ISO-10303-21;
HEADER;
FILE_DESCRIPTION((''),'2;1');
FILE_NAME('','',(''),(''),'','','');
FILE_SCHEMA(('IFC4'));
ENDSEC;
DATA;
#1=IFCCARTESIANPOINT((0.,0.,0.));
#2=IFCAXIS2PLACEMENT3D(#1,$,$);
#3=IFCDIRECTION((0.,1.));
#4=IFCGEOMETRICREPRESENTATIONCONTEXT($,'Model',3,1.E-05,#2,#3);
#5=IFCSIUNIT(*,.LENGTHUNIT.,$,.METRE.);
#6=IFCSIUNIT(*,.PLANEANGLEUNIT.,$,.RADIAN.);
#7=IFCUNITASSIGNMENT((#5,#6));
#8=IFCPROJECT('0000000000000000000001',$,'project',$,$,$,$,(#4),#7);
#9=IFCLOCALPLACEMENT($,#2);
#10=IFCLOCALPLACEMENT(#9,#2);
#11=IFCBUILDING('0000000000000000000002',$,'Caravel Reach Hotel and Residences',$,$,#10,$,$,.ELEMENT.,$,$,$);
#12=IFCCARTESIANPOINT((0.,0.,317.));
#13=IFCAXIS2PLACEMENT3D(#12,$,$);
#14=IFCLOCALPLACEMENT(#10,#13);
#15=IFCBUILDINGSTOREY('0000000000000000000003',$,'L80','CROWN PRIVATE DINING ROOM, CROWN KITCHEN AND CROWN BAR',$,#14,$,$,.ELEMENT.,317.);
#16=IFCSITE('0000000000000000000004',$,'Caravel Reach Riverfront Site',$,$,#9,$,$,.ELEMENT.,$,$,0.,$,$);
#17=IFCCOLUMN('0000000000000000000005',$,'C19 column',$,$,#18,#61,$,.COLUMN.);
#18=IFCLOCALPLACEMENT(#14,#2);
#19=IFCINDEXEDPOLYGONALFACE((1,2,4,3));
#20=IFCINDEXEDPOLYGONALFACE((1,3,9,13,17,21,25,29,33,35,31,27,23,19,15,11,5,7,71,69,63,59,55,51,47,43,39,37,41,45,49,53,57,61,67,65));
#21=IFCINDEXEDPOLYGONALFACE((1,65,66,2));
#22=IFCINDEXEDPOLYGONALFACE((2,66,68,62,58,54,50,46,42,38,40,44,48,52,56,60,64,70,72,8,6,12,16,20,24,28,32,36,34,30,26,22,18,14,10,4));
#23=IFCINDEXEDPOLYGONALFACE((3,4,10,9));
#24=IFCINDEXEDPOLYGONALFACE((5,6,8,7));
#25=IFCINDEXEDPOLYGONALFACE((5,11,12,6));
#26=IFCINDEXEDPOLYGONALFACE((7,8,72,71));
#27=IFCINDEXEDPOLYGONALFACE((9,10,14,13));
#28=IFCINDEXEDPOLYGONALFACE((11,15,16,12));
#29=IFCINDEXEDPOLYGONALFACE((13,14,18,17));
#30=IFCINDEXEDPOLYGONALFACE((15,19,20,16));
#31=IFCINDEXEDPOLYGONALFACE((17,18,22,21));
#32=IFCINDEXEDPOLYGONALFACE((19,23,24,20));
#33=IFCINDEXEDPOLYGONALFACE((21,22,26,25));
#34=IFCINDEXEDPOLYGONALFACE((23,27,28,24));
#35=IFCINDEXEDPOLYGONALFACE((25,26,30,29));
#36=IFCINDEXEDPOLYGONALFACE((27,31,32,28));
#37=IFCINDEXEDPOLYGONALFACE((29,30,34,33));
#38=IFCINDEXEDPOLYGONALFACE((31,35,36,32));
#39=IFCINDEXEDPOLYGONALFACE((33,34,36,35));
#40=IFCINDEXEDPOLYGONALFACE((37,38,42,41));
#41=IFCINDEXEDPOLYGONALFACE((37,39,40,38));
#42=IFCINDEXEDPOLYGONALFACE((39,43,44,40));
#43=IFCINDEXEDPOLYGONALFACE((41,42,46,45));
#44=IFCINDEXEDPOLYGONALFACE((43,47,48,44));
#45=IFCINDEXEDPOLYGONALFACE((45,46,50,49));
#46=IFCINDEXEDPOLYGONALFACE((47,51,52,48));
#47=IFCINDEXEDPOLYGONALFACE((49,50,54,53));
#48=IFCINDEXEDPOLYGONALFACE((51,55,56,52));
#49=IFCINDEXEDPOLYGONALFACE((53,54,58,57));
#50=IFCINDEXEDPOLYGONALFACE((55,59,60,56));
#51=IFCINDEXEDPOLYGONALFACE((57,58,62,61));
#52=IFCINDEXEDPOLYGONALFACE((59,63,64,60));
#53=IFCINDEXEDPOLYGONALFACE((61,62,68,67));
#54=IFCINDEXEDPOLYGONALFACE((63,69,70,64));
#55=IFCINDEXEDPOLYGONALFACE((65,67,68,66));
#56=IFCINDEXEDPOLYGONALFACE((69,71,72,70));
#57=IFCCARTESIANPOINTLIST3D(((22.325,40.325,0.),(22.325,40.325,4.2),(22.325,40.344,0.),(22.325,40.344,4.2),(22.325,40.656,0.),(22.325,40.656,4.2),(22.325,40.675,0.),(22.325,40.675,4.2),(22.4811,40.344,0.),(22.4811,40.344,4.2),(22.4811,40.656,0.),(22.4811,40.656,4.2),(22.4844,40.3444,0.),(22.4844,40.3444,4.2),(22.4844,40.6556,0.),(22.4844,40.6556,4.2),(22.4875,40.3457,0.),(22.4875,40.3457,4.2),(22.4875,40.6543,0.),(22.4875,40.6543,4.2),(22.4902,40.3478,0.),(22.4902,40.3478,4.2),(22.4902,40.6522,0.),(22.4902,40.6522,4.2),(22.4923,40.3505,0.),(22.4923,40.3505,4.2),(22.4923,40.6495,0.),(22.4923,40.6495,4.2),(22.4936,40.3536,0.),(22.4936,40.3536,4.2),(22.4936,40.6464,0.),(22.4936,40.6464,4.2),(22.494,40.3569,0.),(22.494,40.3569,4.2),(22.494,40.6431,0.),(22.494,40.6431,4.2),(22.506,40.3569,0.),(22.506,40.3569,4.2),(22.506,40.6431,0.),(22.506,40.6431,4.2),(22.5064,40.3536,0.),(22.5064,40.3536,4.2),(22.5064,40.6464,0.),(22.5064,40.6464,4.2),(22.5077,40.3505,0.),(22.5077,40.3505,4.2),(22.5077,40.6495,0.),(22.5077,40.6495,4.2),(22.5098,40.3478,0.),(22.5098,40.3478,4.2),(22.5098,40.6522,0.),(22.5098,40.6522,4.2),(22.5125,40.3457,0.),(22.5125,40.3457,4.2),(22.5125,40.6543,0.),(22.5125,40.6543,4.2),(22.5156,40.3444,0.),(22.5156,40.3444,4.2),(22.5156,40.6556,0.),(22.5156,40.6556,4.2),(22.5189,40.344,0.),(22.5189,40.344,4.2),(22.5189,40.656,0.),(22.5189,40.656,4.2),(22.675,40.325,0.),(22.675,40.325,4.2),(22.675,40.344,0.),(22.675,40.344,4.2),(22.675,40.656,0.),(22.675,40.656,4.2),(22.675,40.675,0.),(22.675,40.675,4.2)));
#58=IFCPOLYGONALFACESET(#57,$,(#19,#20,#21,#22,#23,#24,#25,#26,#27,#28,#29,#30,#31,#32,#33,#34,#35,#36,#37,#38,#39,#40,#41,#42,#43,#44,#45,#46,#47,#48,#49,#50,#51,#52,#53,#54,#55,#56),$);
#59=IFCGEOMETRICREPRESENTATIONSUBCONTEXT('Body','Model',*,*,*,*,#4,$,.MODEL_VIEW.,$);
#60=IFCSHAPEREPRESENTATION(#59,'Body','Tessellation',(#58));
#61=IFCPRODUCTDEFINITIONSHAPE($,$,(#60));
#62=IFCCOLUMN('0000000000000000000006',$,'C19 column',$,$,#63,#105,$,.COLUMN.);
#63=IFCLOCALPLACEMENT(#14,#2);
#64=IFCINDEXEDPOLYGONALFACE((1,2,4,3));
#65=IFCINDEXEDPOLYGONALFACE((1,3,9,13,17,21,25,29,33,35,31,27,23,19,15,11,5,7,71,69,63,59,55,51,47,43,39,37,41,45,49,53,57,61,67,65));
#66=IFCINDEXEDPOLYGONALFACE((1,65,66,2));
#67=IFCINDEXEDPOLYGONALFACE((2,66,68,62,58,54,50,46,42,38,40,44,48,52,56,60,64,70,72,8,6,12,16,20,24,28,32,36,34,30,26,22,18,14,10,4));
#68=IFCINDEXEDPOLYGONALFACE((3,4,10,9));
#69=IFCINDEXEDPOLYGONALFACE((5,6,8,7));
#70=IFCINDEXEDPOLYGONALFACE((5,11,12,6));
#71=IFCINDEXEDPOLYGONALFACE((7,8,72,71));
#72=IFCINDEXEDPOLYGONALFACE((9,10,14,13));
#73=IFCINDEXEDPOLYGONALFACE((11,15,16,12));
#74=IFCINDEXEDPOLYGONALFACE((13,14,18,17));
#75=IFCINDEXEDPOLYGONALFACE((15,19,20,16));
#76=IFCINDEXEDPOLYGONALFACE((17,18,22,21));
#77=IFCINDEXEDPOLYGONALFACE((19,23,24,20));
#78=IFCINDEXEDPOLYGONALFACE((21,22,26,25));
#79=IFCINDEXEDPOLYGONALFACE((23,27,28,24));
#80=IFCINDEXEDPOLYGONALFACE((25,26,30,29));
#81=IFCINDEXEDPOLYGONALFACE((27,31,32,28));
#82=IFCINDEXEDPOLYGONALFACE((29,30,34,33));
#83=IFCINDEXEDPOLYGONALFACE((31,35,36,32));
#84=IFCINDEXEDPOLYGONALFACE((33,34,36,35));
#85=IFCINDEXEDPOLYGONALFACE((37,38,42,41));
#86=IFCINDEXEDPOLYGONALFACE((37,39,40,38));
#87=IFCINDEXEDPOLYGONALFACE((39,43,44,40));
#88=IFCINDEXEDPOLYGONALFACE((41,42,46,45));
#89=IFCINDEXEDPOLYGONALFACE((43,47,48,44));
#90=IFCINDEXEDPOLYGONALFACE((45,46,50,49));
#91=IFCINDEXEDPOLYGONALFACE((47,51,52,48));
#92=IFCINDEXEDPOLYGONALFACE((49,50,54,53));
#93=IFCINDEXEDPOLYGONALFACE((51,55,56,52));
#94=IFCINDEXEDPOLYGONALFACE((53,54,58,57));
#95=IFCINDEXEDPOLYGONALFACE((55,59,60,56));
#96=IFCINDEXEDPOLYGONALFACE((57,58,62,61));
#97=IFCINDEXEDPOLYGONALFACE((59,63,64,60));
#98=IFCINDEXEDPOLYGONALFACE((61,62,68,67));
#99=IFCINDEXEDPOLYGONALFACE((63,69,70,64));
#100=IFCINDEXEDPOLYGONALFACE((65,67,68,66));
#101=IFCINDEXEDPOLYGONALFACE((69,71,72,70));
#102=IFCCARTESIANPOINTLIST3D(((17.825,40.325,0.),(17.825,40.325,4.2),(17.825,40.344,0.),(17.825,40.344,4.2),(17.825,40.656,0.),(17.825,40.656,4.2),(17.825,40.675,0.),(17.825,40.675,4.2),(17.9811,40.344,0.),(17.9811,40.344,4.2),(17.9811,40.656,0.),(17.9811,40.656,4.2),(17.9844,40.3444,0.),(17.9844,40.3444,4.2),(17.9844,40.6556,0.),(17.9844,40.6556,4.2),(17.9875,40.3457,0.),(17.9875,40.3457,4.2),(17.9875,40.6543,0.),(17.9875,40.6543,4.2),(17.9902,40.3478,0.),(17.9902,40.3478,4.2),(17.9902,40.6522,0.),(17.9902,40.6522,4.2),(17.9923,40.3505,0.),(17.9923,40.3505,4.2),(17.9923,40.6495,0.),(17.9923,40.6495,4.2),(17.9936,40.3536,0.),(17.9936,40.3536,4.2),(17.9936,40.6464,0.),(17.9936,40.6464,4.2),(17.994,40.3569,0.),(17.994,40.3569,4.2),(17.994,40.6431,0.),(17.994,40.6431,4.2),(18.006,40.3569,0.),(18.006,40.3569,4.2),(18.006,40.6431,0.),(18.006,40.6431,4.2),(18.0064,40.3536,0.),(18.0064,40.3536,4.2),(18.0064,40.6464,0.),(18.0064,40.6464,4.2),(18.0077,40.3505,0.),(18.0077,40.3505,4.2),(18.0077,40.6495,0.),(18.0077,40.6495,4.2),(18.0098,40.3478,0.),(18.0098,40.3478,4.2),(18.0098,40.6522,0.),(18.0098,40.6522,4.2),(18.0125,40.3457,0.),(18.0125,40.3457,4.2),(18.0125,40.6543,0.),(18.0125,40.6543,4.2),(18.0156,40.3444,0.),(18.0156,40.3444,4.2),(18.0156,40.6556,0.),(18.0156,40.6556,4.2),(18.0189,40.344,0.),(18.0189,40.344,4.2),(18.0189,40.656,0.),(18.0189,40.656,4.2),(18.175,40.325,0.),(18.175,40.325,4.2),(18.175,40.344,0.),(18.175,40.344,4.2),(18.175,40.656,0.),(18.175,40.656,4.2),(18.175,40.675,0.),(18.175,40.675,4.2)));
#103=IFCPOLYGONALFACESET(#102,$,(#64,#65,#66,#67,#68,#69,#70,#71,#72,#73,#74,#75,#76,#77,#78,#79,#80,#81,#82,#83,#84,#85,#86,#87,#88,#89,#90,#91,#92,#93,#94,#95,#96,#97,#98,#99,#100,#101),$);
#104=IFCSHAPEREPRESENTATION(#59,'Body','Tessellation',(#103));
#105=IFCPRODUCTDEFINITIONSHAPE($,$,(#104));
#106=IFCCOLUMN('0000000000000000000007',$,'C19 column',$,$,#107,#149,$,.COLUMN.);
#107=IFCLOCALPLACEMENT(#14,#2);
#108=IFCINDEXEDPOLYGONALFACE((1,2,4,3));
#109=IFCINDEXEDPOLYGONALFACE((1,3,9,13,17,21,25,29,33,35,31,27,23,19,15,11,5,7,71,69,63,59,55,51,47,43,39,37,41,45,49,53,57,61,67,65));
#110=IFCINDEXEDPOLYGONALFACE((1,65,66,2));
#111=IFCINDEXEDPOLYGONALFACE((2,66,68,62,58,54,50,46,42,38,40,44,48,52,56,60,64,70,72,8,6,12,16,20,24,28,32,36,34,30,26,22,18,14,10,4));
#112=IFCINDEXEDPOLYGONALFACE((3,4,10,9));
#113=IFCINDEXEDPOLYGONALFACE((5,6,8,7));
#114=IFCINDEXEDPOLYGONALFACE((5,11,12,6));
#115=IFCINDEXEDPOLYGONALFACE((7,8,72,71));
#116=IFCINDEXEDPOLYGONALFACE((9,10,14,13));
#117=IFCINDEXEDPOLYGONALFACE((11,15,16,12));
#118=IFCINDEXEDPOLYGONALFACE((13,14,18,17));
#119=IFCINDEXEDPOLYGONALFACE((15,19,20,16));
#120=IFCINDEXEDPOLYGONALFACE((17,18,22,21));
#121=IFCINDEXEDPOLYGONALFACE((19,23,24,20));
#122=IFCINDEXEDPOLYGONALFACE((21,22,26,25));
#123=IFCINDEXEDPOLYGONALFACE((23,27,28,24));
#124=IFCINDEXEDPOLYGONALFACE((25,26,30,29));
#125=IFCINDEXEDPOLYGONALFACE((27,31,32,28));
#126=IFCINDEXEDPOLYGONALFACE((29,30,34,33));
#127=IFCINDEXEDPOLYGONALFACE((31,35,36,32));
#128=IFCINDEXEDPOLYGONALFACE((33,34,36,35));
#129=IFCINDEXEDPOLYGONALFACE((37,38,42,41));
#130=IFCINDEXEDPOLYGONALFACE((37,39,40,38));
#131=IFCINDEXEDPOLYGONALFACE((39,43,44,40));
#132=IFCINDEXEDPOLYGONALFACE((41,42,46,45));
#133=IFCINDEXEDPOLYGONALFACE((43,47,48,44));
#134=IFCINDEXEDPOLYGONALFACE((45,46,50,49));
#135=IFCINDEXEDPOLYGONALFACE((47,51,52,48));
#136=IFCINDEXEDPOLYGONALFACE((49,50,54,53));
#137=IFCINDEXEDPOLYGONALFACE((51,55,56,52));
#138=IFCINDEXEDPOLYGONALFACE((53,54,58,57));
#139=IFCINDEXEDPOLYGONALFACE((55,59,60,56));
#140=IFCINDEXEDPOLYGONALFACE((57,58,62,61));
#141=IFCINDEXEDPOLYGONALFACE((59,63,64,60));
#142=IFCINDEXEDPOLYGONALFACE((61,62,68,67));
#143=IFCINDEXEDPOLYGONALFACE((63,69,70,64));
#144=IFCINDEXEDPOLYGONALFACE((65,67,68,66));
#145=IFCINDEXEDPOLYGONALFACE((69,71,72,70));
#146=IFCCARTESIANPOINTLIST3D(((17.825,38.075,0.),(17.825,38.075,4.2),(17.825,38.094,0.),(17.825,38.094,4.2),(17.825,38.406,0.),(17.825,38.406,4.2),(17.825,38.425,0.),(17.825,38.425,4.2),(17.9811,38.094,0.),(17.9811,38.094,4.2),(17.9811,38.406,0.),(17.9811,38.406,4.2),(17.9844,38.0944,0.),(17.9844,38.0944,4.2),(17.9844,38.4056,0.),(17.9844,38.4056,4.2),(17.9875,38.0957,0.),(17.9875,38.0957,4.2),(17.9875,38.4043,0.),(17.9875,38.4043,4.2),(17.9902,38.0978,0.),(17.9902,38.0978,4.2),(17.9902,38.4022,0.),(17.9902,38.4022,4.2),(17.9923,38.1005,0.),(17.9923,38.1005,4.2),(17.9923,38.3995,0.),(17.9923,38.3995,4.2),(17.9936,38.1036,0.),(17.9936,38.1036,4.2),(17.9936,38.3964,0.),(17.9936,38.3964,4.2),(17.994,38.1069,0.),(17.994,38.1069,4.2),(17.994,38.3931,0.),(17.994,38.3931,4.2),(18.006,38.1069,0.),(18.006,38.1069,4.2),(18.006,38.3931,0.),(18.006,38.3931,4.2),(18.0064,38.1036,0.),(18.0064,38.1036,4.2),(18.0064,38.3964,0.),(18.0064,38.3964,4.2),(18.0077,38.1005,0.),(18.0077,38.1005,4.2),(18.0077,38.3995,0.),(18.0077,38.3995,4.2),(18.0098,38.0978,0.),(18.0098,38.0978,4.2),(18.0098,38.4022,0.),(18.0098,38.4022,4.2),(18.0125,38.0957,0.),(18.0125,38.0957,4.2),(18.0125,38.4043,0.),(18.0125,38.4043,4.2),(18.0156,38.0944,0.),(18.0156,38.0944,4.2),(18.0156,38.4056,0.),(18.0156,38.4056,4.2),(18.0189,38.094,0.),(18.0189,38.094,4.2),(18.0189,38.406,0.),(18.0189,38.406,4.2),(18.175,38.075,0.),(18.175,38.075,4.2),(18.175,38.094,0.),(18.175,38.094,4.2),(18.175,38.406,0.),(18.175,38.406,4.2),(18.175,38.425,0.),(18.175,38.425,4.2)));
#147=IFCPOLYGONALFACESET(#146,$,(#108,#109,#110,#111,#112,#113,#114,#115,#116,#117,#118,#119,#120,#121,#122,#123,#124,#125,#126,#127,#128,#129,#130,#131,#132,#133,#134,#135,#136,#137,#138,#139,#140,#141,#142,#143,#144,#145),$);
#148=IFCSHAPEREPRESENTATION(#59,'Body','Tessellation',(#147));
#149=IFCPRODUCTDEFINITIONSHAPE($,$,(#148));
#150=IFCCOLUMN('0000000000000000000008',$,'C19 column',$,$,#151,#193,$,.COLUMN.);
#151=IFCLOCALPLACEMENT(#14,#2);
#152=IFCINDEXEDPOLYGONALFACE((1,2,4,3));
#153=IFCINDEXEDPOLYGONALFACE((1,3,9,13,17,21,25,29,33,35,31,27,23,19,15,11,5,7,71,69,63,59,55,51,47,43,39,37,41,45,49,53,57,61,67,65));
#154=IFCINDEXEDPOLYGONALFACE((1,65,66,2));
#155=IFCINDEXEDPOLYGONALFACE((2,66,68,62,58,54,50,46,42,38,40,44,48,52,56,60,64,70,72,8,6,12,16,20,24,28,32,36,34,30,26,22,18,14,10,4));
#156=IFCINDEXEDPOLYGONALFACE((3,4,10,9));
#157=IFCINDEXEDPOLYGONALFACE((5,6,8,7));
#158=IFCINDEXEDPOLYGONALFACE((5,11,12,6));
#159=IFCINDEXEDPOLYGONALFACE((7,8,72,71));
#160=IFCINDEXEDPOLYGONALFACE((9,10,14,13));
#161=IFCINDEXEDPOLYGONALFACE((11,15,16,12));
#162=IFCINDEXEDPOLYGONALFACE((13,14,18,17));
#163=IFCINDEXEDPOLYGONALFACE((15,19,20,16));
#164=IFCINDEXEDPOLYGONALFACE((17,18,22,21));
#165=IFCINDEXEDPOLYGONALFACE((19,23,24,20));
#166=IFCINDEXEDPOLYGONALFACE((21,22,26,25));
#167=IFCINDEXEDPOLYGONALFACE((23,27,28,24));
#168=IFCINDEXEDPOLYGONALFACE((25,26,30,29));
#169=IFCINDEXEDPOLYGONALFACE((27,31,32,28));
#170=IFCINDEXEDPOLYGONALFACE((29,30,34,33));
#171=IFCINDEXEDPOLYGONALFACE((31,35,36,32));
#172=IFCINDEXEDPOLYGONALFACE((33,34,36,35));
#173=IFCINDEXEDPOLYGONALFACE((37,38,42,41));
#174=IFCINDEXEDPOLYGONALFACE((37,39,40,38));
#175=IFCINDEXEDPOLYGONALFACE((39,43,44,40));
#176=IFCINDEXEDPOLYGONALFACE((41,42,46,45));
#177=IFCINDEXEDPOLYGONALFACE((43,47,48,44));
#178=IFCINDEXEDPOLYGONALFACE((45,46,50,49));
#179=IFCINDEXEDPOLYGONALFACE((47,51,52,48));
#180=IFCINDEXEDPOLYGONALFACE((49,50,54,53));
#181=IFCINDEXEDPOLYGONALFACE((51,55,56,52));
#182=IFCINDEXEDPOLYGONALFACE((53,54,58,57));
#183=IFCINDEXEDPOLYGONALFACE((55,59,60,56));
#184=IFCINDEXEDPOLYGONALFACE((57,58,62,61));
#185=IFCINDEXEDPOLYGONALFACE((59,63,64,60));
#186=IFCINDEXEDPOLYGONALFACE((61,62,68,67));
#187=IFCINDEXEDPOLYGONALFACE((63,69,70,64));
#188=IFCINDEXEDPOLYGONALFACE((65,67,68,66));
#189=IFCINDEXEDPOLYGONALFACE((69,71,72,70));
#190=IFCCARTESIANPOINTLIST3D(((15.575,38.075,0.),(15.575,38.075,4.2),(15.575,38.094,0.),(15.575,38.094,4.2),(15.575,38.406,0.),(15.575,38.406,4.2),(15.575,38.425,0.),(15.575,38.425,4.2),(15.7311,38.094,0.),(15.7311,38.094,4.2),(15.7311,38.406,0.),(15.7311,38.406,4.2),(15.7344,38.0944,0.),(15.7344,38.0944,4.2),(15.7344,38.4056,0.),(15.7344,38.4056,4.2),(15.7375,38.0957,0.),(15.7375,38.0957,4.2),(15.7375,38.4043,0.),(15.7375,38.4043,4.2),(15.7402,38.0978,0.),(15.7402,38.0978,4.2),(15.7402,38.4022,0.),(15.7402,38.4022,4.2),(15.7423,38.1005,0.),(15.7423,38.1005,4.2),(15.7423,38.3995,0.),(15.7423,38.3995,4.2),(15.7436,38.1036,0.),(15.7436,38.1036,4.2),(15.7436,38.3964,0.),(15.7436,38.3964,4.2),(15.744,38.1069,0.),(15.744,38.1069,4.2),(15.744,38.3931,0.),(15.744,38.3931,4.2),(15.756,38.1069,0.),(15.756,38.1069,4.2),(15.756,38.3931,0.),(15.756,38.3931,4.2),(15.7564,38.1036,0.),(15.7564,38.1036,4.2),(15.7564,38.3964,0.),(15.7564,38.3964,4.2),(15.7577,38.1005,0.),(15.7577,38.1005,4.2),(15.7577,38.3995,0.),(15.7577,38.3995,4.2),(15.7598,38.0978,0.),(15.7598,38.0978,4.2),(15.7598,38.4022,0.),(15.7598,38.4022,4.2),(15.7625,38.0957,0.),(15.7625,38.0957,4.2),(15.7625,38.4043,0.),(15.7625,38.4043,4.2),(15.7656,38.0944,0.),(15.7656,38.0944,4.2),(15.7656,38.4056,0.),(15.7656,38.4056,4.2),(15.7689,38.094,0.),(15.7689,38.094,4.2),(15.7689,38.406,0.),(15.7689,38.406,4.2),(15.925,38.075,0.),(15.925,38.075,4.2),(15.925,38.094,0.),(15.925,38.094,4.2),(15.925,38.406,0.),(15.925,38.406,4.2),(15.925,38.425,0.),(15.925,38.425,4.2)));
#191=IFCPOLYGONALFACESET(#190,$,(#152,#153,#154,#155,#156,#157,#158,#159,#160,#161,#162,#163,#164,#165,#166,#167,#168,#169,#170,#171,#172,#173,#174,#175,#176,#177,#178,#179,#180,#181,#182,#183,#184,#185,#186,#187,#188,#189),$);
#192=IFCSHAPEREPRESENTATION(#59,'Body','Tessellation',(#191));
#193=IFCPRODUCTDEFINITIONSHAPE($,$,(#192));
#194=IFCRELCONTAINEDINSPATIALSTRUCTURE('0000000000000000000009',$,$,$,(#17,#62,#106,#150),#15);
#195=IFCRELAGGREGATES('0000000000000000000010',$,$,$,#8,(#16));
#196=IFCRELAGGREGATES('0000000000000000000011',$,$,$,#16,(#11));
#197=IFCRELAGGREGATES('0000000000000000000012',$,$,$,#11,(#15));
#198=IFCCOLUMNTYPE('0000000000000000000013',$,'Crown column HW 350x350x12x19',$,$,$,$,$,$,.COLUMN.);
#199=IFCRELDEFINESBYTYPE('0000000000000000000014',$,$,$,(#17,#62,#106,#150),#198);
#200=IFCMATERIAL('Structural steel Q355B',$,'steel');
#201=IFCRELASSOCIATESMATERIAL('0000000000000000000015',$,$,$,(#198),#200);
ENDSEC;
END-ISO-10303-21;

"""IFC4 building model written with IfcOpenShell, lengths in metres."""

from ifc_helpers import new_model, si_unit, direction, frame, origin, origin_2d, place, context, subcontext, project, spatial, i_section, extrude, material, material_profile, profile_set, type_object, element, save


model = new_model("IFC4")

# Units and contexts
model_context = context("Model", 3, precision=1e-05, world=origin(), true_north=direction((0.0, 1.0)))
body_context = subcontext(model_context, "Body", "Model", "MODEL_VIEW")
ifc_project = project(units=[si_unit("LENGTHUNIT", "METRE"), si_unit("PLANEANGLEUNIT", "RADIAN")], contexts=[model_context])

# Site, building, storey
site_placement = place(None, origin())
site = spatial("IfcSite", under=ifc_project, at=site_placement, Name="Caravel Reach Riverfront Site", CompositionType="ELEMENT", RefElevation=0.0)
building_placement = place(site_placement, origin())
building = spatial("IfcBuilding", under=site, at=building_placement, Name="Caravel Reach Hotel and Residences", CompositionType="ELEMENT")
storey_placement = place(building_placement, frame((0.0, 0.0, 317.0)))
storey = spatial("IfcBuildingStorey", under=building, at=storey_placement, Name="L80", Description="CROWN PRIVATE DINING ROOM, CROWN KITCHEN AND CROWN BAR", CompositionType="ELEMENT", Elevation=317.0)

# Columns
ifc_material_1 = material(Name="Structural steel Q355B", Category="steel")
ifc_material_profile_1 = material_profile(ifc_material_1, i_section(OverallWidth=0.3501, OverallDepth=0.3501, WebThickness=0.012, FlangeThickness=0.019, FilletRadius=0.0129, at=origin_2d()), Name="HW 350x350x12x19")
ifc_profile_set_1 = profile_set([ifc_material_profile_1], Name="Structural steel Q355B")
column_type = type_object("IfcColumnType", Name="Crown column HW 350x350x12x19", PredefinedType="COLUMN", material=ifc_profile_set_1)
for number, where, z_axis, x_axis, name in (
    (1, (22.5, 40.5, 0.0), (0.0, 0.0, 1.0), (1.0, 0.0, 0.0), "C19 column"),
    (2, (18.0, 40.5, 0.0), (0.0, 0.0, 1.0), (1.0, 0.0, 0.0), "C19 column"),
    (3, (18.0, 38.25, 0.0), (0.0, 0.0, 1.0), (1.0, 0.0, 0.0), "C19 column"),
    (4, (15.75, 38.25, 0.0), (0.0, 0.0, 1.0), (1.0, 0.0, 0.0), "C19 column"),
):
    element("IfcColumn", number, at=place(storey_placement, frame(where, z_axis=z_axis, x_axis=x_axis)), inside=storey, type_object=column_type, Name=name, PredefinedType="COLUMN", context=body_context, shape_type="SweptSolid", body=[
        extrude(i_section(OverallWidth=0.3501, OverallDepth=0.3501, WebThickness=0.012, FlangeThickness=0.019, FilletRadius=0.0129, at=origin_2d()), origin(), (0.0, 0.0, 1.0), 4.2),
    ])

save(model, "model.ifc")
